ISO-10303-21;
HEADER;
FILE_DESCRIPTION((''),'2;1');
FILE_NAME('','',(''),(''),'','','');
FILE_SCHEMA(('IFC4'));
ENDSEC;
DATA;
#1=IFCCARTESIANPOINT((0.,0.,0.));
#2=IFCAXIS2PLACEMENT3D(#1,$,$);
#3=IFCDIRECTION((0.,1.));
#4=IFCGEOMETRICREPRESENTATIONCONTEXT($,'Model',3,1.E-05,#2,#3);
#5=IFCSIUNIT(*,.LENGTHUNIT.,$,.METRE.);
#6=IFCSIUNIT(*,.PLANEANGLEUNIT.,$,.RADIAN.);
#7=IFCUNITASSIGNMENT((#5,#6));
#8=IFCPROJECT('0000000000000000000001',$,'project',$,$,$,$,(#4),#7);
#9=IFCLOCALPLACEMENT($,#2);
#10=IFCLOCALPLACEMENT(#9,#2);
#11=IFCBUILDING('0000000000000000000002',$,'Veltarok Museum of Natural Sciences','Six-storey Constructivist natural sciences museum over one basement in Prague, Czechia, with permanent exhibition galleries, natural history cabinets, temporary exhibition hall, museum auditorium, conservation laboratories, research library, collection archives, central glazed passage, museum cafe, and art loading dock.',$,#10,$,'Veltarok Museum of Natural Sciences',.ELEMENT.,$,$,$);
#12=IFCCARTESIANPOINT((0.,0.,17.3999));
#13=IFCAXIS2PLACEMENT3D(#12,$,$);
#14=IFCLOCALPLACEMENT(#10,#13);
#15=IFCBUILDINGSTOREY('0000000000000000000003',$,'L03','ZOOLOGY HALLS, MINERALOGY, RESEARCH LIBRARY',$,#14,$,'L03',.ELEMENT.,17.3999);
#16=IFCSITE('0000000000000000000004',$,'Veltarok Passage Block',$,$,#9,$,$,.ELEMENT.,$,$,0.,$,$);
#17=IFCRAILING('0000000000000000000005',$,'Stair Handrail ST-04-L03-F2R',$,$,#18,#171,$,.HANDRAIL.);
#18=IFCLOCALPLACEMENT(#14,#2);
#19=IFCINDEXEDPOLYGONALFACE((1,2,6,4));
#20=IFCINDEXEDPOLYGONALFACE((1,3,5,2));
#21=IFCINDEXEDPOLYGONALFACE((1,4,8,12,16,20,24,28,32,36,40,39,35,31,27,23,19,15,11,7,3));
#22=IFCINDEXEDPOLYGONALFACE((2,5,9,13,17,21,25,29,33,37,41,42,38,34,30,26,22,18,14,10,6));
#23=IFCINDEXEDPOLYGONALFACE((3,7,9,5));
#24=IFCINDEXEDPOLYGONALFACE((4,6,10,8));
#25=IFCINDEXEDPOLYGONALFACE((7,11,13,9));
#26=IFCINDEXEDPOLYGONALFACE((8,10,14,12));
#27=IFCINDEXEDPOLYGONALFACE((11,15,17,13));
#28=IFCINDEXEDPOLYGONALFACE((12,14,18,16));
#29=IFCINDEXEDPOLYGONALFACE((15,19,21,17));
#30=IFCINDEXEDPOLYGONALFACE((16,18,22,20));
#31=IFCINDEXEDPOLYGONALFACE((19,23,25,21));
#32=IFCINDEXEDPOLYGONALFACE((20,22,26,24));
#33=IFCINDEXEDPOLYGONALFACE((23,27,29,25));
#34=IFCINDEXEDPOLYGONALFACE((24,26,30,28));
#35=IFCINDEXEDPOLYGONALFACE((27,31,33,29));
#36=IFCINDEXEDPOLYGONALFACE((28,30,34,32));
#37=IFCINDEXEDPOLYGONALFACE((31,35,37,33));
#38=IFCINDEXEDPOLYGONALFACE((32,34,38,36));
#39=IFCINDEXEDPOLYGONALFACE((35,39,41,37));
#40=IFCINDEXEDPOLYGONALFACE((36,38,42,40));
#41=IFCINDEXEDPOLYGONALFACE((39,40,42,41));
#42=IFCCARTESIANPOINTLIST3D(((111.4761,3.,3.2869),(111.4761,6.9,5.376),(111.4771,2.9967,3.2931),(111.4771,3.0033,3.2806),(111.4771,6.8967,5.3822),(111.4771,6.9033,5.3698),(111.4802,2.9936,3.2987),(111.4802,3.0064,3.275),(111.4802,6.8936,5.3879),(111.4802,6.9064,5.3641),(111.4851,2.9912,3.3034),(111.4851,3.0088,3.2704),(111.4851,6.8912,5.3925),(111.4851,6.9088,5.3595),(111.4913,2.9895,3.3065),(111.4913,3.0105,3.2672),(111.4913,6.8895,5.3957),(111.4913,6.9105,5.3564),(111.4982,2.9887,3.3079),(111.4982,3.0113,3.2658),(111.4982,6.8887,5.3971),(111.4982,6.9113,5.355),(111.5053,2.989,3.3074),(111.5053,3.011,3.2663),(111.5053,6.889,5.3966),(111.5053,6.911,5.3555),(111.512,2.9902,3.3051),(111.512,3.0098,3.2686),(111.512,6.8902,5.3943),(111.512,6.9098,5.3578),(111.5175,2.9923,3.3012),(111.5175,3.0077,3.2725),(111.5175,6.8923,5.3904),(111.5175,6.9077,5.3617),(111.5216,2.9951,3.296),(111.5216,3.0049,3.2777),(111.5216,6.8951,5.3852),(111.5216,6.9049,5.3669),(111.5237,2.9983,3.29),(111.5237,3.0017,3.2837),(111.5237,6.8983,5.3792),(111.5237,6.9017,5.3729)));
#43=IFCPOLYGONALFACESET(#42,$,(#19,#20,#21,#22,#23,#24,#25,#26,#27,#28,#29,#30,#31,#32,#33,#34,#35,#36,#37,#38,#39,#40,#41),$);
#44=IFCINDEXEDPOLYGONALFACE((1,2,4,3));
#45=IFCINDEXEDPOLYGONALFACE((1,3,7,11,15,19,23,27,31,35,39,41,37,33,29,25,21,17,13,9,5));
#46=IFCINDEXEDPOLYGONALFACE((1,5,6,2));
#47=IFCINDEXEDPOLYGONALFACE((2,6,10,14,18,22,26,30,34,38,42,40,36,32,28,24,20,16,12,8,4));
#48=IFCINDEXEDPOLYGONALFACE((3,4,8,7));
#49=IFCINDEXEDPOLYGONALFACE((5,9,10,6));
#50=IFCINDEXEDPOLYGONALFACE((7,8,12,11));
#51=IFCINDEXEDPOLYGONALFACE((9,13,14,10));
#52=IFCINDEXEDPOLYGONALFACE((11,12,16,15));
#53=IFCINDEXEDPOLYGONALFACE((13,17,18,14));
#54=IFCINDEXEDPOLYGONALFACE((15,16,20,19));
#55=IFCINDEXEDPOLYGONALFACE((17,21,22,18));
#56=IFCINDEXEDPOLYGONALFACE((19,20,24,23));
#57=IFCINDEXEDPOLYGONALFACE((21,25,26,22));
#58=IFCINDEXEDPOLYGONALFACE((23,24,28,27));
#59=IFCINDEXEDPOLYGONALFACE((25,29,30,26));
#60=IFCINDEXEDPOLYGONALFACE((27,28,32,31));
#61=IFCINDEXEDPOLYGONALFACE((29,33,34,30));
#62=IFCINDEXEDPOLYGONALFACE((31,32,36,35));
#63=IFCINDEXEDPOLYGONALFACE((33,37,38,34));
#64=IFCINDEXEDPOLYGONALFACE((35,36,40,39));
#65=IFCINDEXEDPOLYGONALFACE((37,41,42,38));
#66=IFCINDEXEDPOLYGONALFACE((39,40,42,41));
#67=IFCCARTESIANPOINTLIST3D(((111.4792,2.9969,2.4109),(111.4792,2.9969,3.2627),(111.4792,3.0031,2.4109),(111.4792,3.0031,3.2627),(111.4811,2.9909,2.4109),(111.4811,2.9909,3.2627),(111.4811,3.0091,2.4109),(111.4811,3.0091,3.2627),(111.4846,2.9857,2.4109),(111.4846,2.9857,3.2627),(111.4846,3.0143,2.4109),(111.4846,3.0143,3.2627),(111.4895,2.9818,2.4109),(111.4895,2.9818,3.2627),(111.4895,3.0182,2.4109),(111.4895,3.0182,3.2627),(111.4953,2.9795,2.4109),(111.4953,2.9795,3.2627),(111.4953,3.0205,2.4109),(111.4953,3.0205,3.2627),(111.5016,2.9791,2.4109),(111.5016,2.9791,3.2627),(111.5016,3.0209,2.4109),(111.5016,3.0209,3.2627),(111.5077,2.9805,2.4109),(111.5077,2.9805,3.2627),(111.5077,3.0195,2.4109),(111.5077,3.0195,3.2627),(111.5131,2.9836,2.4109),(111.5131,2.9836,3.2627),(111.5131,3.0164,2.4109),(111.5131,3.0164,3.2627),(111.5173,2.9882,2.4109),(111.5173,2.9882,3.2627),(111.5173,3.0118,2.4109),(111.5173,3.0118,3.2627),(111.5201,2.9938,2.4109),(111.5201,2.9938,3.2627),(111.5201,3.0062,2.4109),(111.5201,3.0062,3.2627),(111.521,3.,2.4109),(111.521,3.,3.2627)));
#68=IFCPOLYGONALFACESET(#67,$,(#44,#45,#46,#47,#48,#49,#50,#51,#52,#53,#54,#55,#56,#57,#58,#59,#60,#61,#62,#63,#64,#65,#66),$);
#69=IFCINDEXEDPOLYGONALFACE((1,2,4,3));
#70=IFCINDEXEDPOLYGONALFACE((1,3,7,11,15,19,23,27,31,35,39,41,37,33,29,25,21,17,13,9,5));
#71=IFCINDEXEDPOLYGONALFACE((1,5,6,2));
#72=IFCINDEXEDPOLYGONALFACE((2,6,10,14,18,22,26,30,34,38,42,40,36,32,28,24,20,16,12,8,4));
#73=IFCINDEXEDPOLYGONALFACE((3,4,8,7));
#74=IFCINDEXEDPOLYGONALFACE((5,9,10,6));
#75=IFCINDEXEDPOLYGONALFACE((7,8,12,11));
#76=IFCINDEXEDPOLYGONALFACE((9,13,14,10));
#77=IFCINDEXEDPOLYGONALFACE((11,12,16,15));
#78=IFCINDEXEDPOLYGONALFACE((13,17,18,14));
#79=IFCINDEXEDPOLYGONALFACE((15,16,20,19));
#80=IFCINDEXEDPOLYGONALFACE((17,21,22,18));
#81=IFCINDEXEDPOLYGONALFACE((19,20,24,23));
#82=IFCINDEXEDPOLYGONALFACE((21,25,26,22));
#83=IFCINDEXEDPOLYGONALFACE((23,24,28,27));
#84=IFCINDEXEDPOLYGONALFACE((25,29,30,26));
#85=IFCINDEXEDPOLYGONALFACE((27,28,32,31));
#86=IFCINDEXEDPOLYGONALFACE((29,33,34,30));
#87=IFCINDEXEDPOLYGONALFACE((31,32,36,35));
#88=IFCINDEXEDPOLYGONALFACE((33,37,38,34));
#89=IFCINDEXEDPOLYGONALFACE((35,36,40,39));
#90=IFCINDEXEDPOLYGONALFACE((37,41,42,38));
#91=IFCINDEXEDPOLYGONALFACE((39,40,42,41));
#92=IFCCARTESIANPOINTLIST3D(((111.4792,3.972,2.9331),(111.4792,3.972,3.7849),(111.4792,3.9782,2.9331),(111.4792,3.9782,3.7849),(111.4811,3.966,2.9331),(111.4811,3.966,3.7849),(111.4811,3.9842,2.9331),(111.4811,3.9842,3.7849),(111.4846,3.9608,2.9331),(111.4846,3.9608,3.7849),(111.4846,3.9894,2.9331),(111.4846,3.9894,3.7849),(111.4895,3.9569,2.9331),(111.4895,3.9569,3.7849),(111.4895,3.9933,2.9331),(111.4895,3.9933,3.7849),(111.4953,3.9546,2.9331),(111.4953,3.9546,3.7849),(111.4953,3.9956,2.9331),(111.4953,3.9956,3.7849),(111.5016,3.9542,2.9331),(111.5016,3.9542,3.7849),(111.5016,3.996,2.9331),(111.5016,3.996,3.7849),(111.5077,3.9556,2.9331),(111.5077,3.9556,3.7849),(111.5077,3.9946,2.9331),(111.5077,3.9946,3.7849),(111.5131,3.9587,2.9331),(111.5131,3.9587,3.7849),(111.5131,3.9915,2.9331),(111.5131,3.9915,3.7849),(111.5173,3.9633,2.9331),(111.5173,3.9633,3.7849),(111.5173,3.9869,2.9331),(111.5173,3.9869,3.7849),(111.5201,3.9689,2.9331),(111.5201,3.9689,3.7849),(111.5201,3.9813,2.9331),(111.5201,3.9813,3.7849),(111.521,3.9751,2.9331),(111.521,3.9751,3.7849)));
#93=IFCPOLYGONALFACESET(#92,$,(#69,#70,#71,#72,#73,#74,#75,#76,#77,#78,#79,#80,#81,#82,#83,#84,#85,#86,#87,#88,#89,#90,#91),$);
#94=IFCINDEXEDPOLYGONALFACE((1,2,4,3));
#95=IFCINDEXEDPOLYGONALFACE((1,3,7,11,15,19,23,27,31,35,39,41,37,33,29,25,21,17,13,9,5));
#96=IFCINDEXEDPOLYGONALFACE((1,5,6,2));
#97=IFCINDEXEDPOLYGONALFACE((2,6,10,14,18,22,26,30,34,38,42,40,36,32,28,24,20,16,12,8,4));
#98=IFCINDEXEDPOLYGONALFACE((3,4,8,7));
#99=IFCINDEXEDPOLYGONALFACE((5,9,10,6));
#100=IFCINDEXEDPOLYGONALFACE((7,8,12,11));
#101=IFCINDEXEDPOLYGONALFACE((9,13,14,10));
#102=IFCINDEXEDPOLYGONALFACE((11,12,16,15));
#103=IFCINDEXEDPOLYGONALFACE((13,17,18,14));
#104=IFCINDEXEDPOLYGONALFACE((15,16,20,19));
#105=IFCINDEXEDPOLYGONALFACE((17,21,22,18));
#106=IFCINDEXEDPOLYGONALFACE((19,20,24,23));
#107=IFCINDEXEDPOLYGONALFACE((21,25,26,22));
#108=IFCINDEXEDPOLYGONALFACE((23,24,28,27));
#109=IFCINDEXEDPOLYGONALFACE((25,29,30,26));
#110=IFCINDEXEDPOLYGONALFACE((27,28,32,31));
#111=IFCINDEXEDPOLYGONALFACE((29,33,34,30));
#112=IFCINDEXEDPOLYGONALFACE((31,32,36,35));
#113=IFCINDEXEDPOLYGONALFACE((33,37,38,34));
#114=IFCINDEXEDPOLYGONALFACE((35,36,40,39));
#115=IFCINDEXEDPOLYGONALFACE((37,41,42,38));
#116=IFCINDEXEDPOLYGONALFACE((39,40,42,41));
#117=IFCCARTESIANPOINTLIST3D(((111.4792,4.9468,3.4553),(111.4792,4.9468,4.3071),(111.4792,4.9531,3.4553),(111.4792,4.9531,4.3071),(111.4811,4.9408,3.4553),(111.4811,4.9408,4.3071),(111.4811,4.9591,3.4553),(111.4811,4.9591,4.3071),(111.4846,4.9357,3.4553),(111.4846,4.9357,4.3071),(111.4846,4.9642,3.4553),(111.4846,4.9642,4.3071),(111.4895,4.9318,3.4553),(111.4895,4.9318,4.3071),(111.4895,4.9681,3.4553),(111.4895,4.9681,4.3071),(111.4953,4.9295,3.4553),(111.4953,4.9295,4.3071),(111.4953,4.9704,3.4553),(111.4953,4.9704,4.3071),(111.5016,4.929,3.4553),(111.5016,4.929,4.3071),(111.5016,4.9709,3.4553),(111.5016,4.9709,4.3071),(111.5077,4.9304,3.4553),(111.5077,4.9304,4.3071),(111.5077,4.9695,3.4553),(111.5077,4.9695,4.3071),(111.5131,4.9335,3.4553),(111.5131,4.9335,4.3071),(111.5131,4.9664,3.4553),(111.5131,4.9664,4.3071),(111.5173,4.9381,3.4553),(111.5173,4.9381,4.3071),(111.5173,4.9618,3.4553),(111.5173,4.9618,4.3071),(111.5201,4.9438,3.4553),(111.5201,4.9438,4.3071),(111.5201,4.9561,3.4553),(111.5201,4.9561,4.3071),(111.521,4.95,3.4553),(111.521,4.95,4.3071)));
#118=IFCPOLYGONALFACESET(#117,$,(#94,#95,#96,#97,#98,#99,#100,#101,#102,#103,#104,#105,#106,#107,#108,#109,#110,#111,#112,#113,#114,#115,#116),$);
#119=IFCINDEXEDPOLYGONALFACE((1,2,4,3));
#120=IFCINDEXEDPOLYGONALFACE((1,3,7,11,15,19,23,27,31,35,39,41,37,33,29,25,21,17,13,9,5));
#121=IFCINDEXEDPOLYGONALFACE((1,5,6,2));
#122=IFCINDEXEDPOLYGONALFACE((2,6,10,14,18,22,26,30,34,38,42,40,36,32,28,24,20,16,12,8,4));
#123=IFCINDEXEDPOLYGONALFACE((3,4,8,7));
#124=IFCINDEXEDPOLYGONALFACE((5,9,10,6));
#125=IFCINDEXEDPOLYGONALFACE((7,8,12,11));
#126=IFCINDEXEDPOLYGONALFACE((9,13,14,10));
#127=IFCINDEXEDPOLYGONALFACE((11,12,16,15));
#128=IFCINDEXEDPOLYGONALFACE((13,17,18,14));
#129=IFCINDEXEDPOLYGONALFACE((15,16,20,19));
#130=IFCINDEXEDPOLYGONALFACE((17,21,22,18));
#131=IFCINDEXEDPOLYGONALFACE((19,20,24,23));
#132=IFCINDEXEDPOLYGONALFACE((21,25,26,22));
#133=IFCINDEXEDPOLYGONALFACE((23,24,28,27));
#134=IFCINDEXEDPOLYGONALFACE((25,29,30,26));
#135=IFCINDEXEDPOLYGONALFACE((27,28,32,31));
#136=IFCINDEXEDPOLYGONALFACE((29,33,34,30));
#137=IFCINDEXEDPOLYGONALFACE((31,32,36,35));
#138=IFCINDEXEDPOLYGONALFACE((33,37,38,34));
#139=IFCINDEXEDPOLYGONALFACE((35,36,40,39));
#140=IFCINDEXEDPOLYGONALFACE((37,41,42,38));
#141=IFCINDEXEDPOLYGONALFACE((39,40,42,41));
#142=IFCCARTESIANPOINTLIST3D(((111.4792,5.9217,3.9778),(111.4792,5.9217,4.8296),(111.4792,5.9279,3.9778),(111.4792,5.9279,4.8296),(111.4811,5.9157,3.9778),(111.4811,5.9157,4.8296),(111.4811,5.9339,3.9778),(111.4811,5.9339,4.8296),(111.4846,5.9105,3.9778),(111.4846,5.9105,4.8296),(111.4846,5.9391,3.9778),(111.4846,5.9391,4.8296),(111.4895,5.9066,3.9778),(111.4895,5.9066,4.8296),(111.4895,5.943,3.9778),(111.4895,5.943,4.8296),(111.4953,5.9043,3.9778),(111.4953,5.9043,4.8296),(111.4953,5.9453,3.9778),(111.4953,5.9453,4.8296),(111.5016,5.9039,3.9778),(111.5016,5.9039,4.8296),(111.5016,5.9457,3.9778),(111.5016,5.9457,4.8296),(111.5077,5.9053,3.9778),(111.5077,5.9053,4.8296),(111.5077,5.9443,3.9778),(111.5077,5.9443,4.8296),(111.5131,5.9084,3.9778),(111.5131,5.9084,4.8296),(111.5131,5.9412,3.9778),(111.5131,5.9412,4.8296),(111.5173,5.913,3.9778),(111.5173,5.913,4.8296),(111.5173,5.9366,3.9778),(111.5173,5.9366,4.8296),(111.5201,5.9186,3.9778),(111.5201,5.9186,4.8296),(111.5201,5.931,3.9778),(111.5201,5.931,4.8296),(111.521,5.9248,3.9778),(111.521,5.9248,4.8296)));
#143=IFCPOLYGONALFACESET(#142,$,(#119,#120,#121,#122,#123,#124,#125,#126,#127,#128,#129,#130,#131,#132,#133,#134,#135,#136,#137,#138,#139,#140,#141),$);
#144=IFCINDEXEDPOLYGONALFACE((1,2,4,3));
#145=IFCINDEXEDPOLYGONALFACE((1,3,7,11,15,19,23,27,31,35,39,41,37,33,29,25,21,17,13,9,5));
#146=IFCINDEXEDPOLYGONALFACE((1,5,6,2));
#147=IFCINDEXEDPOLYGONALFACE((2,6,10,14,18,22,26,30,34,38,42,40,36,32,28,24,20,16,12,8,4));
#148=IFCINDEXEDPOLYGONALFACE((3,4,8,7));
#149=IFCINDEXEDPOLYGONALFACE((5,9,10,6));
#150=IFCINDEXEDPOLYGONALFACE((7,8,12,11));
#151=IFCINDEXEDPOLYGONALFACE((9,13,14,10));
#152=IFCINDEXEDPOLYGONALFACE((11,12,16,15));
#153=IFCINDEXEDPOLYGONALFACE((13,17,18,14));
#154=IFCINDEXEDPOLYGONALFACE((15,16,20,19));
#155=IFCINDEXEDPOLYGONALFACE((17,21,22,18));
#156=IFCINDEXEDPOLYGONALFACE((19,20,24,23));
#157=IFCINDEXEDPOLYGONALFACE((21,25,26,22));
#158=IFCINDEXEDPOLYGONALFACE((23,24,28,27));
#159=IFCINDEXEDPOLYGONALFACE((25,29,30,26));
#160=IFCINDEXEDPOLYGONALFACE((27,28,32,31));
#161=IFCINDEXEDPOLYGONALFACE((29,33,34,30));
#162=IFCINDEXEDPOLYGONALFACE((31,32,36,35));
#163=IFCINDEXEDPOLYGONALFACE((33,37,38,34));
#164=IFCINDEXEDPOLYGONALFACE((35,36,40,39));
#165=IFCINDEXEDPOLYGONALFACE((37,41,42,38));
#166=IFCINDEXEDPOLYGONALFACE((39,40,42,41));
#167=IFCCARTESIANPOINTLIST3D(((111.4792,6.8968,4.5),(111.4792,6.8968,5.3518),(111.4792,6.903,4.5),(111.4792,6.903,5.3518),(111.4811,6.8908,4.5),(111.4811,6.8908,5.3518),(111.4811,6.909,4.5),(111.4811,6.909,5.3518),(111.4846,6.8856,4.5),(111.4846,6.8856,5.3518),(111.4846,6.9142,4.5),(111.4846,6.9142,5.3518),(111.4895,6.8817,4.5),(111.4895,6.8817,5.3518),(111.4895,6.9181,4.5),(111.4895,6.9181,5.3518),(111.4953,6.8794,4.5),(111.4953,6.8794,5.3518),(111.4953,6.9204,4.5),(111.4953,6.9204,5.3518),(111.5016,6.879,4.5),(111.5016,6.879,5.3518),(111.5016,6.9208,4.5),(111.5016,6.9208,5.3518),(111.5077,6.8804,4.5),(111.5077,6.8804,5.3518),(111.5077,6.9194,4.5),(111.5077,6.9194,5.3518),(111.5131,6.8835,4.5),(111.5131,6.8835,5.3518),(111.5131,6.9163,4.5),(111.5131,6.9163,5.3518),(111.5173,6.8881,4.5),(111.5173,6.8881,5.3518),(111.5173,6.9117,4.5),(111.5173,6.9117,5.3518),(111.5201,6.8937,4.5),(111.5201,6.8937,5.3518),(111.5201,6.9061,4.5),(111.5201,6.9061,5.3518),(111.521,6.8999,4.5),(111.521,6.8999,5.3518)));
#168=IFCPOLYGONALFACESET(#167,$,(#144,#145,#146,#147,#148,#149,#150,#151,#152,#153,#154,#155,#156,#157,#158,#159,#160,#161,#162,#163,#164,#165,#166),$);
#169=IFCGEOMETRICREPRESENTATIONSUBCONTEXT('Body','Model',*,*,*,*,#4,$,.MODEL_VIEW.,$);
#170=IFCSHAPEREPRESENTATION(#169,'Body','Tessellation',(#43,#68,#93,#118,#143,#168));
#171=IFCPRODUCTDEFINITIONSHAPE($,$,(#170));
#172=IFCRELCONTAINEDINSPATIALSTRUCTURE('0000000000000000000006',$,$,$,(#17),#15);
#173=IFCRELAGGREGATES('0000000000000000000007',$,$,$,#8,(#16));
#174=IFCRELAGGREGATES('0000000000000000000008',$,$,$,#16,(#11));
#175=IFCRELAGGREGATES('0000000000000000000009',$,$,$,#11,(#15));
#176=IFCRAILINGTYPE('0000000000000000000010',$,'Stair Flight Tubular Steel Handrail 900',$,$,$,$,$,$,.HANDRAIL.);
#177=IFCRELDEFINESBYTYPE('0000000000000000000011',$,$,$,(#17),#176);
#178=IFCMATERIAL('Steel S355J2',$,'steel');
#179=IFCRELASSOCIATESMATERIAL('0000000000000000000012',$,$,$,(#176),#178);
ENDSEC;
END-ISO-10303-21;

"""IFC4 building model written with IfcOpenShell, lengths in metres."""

from ifc_helpers import new_model, si_unit, direction, frame, origin, origin_2d, place, context, subcontext, project, spatial, circle, extrude, material, type_object, element, save


model = new_model("IFC4")

# Units and contexts
model_context = context("Model", 3, precision=1e-05, world=origin(), true_north=direction((0.0, 1.0)))
body_context = subcontext(model_context, "Body", "Model", "MODEL_VIEW")
ifc_project = project(units=[si_unit("LENGTHUNIT", "METRE"), si_unit("PLANEANGLEUNIT", "RADIAN")], contexts=[model_context])

# Site, building, storey
site_placement = place(None, origin())
site = spatial("IfcSite", under=ifc_project, at=site_placement, Name="Veltarok Passage Block", CompositionType="ELEMENT", RefElevation=0.0)
building_placement = place(site_placement, origin())
building = spatial("IfcBuilding", under=site, at=building_placement, Name="Veltarok Museum of Natural Sciences", Description="Six-storey Constructivist natural sciences museum over one basement in Prague, Czechia, with permanent exhibition galleries, natural history cabinets, temporary exhibition hall, museum auditorium, conservation laboratories, research library, collection archives, central glazed passage, museum cafe, and art loading dock.", LongName="Veltarok Museum of Natural Sciences", CompositionType="ELEMENT")
storey_placement = place(building_placement, frame((0.0, 0.0, 17.3999)))
storey = spatial("IfcBuildingStorey", under=building, at=storey_placement, Name="L03", Description="ZOOLOGY HALLS, MINERALOGY, RESEARCH LIBRARY", LongName="L03", CompositionType="ELEMENT", Elevation=17.3999)

# Shared definitions
ifc_material_1 = material(Name="Steel S355J2", Category="steel")

# Railing
railing_type_1 = type_object("IfcRailingType", Name="Stair Flight Tubular Steel Handrail 900", PredefinedType="HANDRAIL", material=ifc_material_1)
for number, where, name in (
    (1, (111.5, 3.0, 2.4109), "Stair Handrail ST-04-L03-F2R"),
):
    element("IfcRailing", number, at=place(storey_placement, frame(where)), inside=storey, type_object=railing_type_1, Name=name, PredefinedType="HANDRAIL", context=body_context, shape_type="SweptSolid", body=[
        extrude(circle(Radius=0.0239, at=origin_2d()), frame((0.0, 0.0, 0.876), z_axis=(0.0, 0.881491, 0.4722), x_axis=(-1.0, 0.0, 0.0)), (0.0, 0.0, 1.0), 4.4243),
        extrude(circle(Radius=0.021, at=origin_2d()), origin(), (0.0, 0.0, 1.0), 0.8518),
        extrude(circle(Radius=0.021, at=origin_2d()), frame((0.0, 0.9751, 0.5222)), (0.0, 0.0, 1.0), 0.8518),
        extrude(circle(Radius=0.021, at=origin_2d()), frame((0.0, 1.95, 1.0444)), (0.0, 0.0, 1.0), 0.8518),
        extrude(circle(Radius=0.021, at=origin_2d()), frame((0.0, 2.9248, 1.5669)), (0.0, 0.0, 1.0), 0.8518),
        extrude(circle(Radius=0.021, at=origin_2d()), frame((0.0, 3.8999, 2.0891)), (0.0, 0.0, 1.0), 0.8518),
    ])

save(model, "model.ifc")
